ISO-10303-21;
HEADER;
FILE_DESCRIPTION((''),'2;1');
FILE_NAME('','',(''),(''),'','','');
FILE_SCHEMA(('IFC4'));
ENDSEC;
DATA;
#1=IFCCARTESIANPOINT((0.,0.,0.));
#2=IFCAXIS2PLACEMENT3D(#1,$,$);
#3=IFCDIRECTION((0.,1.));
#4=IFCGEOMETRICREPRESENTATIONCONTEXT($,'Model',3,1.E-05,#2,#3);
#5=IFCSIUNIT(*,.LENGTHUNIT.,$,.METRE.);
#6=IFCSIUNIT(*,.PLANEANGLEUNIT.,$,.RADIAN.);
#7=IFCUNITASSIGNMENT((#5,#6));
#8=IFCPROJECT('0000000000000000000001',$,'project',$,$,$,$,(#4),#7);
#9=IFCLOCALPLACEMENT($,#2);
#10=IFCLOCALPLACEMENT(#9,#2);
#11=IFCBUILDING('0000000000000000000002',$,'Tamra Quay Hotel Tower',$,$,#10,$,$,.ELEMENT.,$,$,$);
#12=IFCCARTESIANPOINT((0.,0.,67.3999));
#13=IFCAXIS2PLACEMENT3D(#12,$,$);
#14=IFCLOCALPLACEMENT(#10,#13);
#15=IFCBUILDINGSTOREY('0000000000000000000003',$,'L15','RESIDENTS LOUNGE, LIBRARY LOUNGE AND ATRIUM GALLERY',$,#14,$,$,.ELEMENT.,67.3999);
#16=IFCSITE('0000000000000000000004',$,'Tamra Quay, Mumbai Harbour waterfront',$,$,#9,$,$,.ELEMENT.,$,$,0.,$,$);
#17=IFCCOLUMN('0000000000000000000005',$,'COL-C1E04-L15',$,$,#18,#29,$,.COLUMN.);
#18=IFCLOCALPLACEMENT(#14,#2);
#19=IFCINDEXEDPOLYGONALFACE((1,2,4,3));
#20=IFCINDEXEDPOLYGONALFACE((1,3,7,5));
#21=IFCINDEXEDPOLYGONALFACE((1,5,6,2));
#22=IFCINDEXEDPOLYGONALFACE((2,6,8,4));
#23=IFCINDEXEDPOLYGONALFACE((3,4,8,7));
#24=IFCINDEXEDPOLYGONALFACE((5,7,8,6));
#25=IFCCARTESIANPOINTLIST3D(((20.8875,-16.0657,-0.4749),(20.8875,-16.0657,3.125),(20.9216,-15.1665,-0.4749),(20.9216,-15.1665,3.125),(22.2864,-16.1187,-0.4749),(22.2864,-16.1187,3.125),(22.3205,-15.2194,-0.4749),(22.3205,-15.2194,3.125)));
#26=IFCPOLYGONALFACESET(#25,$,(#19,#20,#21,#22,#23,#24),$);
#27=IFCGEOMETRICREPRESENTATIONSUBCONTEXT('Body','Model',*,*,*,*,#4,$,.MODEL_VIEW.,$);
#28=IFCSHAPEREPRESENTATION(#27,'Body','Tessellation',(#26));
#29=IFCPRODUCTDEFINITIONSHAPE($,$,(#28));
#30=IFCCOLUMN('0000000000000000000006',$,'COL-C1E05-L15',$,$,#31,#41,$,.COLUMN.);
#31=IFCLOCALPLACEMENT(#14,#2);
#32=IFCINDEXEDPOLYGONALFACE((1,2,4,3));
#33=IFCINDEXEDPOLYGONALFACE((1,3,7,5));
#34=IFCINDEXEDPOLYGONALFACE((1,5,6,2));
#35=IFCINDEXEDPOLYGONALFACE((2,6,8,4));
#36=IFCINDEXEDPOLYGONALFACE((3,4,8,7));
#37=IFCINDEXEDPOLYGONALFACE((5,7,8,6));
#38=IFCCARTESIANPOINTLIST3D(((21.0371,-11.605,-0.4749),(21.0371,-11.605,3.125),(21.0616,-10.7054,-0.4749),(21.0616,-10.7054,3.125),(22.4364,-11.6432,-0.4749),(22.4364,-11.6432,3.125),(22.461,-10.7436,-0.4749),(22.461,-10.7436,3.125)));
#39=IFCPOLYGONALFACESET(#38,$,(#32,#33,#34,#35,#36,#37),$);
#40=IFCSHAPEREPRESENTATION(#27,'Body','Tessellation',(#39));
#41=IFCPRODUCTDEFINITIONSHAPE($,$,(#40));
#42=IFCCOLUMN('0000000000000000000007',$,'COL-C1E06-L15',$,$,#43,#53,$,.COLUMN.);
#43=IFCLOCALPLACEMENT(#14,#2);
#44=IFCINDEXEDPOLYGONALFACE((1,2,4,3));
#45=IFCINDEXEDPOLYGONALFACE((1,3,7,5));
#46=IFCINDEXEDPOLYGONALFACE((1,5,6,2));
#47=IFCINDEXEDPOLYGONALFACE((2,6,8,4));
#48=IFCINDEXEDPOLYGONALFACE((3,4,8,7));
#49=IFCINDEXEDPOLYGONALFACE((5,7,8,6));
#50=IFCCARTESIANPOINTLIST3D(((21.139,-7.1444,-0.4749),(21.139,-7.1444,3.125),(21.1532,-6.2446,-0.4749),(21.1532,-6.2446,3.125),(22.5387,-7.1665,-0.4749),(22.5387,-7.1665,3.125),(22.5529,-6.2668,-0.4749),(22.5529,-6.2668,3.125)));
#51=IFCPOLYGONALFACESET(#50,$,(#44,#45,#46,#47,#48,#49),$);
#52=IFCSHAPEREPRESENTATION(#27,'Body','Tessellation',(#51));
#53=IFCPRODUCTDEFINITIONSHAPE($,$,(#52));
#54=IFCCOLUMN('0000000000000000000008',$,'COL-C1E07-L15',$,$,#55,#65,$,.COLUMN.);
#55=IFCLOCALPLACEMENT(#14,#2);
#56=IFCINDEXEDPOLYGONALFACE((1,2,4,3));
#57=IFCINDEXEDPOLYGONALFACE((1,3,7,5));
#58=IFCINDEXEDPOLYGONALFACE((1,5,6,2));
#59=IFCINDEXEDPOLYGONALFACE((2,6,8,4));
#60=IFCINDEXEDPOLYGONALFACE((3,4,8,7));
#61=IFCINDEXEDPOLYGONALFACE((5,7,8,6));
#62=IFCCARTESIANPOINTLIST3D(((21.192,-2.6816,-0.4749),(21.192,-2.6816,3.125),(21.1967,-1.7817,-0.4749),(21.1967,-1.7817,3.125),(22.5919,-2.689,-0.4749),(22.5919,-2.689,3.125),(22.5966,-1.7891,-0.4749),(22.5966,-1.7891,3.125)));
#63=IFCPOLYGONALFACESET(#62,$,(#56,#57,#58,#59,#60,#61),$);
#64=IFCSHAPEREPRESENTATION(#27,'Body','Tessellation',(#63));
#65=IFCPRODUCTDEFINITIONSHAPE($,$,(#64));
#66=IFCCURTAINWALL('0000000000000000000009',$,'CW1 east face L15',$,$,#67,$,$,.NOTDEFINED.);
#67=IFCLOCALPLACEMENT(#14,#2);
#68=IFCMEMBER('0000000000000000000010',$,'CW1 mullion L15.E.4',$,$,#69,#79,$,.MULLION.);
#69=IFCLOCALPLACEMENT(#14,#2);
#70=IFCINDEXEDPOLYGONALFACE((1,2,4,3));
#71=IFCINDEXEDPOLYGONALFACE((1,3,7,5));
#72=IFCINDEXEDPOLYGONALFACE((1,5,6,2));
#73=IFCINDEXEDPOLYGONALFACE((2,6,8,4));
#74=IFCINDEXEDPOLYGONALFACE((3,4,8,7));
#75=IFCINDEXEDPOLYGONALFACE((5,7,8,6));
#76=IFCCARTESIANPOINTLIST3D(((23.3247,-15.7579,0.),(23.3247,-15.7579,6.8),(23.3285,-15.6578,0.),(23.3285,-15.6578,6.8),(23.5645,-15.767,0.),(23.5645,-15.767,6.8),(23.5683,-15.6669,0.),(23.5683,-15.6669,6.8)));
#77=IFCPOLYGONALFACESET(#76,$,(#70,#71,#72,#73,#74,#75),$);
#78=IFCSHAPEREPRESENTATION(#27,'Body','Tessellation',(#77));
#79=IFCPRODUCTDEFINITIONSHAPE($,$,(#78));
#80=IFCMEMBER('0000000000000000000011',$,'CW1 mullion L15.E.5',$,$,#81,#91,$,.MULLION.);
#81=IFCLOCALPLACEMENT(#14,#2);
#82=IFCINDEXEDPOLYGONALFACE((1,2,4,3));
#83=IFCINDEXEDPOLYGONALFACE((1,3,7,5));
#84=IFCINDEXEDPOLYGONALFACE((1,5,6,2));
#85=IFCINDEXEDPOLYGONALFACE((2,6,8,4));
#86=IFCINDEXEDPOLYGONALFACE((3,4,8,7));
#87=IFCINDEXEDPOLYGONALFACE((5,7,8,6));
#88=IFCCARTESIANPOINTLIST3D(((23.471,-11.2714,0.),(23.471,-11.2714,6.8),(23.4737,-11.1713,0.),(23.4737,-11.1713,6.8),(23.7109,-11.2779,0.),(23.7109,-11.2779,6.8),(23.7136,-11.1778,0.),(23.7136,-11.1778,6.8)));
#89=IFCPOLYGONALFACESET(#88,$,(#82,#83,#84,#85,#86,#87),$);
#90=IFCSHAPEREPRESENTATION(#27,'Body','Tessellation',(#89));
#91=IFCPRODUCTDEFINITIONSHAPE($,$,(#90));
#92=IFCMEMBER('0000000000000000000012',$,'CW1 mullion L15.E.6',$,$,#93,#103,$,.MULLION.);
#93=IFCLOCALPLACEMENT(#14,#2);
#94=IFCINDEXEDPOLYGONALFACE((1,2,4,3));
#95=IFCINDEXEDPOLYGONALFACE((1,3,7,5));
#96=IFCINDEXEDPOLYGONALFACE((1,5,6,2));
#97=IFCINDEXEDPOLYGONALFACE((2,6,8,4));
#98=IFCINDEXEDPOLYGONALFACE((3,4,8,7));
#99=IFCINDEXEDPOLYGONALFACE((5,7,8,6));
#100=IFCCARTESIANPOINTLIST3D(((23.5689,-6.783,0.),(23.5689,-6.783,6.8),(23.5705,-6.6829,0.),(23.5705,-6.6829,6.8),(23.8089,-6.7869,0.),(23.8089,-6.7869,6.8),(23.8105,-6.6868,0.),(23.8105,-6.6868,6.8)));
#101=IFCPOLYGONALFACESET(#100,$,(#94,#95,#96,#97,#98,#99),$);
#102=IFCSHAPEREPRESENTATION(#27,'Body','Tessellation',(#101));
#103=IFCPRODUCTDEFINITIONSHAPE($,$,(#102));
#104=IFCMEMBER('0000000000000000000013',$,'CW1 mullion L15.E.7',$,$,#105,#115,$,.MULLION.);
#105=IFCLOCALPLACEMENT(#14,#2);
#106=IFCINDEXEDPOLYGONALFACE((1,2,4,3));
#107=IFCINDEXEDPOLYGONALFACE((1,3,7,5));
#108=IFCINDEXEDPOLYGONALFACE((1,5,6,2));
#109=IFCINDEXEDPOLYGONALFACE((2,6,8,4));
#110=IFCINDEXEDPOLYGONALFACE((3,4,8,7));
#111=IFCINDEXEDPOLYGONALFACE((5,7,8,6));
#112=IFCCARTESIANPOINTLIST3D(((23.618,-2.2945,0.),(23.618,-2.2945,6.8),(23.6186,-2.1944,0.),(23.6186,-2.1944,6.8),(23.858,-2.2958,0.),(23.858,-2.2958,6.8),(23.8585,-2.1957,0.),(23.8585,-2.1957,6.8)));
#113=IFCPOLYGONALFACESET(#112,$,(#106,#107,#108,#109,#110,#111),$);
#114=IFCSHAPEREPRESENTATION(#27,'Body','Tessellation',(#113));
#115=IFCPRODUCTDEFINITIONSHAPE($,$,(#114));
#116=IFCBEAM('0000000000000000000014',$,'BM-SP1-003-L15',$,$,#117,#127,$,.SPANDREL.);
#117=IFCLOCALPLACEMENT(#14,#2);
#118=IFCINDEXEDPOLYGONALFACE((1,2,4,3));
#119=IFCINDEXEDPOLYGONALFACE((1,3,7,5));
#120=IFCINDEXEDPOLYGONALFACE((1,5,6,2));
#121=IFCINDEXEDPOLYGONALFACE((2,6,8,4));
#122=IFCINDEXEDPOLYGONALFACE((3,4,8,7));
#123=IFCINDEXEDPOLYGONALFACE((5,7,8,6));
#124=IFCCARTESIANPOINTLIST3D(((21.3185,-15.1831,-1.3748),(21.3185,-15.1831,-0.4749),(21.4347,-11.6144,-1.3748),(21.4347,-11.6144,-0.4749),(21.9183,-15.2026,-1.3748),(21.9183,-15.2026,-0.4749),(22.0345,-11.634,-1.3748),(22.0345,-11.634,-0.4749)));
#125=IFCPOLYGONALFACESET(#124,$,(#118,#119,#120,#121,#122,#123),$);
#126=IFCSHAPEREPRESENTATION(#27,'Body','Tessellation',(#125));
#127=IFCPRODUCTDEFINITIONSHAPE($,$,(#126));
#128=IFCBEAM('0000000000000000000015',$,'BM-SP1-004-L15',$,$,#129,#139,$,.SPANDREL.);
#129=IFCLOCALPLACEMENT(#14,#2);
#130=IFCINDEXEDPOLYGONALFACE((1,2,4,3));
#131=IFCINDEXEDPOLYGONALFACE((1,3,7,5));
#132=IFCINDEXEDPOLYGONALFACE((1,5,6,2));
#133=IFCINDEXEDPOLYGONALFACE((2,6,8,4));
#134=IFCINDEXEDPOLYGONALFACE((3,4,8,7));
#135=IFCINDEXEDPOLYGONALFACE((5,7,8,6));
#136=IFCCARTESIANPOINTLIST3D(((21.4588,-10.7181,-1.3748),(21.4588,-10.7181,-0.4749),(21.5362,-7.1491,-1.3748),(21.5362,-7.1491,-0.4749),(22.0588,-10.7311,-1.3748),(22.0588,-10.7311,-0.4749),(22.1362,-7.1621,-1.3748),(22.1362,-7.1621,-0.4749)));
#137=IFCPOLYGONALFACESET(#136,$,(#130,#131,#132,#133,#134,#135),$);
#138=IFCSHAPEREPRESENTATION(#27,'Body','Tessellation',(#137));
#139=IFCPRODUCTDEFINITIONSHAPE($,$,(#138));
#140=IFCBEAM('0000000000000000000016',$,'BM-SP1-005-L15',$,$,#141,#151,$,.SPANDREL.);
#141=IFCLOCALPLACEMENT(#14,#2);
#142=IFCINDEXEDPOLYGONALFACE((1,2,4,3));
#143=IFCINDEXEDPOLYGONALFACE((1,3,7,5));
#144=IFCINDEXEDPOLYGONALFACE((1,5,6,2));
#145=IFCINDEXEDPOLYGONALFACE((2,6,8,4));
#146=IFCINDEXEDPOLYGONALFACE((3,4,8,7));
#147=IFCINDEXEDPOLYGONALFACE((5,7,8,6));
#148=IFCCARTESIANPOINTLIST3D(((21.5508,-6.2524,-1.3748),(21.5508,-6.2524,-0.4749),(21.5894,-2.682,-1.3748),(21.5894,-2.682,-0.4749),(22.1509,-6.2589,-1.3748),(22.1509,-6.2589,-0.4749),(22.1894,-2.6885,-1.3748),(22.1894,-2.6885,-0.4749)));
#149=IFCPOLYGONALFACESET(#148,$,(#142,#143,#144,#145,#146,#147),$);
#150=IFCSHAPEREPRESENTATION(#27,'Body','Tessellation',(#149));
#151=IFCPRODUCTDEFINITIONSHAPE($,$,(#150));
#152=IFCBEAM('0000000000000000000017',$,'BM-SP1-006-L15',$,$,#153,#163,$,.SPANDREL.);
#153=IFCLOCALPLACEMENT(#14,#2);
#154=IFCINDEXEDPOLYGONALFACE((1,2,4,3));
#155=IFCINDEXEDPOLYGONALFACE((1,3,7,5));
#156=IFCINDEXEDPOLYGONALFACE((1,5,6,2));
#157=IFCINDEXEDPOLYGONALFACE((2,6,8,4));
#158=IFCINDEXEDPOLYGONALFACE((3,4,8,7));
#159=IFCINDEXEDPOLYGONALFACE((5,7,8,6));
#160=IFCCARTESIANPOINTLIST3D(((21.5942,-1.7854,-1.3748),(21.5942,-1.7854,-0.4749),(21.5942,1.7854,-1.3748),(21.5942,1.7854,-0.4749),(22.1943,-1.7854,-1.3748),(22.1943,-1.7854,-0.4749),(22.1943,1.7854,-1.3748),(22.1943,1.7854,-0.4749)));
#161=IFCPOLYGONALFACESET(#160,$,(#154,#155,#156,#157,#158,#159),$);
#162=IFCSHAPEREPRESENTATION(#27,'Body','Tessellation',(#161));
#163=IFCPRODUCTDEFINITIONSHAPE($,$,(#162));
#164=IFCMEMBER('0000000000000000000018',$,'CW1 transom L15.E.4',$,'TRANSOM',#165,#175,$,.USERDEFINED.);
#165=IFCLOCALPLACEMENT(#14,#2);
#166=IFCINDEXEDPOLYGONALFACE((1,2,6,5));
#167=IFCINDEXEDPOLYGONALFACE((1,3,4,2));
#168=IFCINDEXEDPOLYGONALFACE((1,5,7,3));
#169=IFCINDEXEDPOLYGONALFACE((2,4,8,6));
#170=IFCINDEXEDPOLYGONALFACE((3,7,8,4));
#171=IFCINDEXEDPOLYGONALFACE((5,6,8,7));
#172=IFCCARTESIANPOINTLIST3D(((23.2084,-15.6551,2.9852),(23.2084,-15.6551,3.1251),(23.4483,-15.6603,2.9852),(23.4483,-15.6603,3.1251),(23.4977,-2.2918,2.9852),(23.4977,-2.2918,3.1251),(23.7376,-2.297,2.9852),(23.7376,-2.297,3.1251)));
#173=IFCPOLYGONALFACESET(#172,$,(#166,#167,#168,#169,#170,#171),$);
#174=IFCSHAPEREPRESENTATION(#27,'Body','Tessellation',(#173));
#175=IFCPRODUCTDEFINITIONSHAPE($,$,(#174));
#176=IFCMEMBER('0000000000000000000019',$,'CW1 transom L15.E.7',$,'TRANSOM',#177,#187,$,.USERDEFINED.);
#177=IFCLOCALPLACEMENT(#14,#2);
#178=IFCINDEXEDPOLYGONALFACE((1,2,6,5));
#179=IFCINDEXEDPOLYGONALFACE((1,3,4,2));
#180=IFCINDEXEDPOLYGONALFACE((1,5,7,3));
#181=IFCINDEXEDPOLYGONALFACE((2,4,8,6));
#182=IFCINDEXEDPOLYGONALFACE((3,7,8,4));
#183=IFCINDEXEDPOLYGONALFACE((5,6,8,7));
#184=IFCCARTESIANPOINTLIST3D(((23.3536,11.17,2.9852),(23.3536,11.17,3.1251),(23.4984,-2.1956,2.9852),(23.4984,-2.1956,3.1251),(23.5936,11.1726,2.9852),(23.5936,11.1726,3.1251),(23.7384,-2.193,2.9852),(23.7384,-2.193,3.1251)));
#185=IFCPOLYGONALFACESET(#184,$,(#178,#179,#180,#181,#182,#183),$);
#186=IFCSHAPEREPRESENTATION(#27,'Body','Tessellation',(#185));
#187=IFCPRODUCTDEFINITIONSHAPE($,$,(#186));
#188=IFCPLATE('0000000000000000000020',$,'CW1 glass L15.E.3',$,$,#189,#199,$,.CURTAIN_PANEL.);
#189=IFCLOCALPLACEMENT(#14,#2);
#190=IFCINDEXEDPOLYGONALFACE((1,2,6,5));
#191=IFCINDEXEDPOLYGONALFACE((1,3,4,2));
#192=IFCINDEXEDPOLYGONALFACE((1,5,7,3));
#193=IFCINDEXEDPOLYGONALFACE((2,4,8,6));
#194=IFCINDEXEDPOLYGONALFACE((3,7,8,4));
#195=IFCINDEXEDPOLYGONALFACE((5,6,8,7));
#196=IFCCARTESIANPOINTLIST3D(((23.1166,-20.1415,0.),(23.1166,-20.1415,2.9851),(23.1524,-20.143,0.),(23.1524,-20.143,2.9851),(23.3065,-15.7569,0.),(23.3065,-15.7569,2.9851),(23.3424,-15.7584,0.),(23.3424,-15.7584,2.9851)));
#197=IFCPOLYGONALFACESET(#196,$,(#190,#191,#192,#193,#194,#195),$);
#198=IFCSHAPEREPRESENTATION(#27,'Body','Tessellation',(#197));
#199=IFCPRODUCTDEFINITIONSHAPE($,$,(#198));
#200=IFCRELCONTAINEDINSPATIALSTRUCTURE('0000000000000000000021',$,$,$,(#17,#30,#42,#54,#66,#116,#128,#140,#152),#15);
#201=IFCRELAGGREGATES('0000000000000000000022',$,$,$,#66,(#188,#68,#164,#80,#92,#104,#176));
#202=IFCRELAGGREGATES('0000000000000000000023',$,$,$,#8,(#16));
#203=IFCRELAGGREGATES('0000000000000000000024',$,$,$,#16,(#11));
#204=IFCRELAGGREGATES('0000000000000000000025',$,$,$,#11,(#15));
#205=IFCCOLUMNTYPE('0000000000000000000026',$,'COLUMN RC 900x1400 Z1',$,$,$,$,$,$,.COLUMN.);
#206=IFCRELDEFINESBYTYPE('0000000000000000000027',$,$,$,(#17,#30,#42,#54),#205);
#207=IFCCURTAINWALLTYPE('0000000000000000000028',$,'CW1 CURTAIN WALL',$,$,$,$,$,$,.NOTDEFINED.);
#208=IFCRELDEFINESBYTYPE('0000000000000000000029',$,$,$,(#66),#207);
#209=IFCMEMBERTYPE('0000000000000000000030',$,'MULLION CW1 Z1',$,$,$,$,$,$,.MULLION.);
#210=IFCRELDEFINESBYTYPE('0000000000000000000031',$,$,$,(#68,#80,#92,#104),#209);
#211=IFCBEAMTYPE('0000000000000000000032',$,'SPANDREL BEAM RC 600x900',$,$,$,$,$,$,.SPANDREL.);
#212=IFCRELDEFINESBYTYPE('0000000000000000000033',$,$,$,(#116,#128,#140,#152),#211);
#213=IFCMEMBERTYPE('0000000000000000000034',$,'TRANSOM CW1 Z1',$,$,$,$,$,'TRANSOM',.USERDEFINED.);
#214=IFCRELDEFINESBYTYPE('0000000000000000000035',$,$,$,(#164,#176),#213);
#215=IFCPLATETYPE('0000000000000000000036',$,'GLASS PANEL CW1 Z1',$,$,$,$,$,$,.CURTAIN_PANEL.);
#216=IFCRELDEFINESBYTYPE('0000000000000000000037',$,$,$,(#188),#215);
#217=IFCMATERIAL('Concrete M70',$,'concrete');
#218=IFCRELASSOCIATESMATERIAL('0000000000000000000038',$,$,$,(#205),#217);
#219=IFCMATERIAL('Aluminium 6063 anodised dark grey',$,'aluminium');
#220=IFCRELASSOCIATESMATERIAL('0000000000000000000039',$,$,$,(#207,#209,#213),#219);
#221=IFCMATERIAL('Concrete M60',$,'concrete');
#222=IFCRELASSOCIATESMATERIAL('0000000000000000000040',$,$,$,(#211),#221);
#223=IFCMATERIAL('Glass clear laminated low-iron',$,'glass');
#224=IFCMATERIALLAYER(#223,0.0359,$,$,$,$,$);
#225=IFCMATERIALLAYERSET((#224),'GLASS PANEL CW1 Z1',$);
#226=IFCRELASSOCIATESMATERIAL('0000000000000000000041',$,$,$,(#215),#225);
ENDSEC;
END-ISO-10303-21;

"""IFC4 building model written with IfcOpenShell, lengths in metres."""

from ifc_helpers import new_model, si_unit, direction, frame, origin, origin_2d, place, context, subcontext, project, spatial, rectangle, extrude, material, layer, layer_set, material_profile, profile_set, type_object, element, aggregate, save


model = new_model("IFC4")

# Units and contexts
model_context = context("Model", 3, precision=1e-05, world=origin(), true_north=direction((0.0, 1.0)))
body_context = subcontext(model_context, "Body", "Model", "MODEL_VIEW")
ifc_project = project(units=[si_unit("LENGTHUNIT", "METRE"), si_unit("PLANEANGLEUNIT", "RADIAN")], contexts=[model_context])

# Site, building, storey
site_placement = place(None, origin())
site = spatial("IfcSite", under=ifc_project, at=site_placement, Name="Tamra Quay, Mumbai Harbour waterfront", CompositionType="ELEMENT", RefElevation=0.0)
building_placement = place(site_placement, origin())
building = spatial("IfcBuilding", under=site, at=building_placement, Name="Tamra Quay Hotel Tower", CompositionType="ELEMENT")
storey_placement = place(building_placement, frame((0.0, 0.0, 67.3999)))
storey = spatial("IfcBuildingStorey", under=building, at=storey_placement, Name="L15", Description="RESIDENTS LOUNGE, LIBRARY LOUNGE AND ATRIUM GALLERY", CompositionType="ELEMENT", Elevation=67.3999)

# Columns
ifc_material_1 = material(Name="Concrete M70", Category="concrete")
ifc_material_profile_1 = material_profile(ifc_material_1, rectangle(XDim=1.3999, YDim=0.8999, at=origin_2d()), Name="COLUMN RC 900x1400 Z1")
ifc_profile_set_1 = profile_set([ifc_material_profile_1], Name="Concrete M70")
column_type = type_object("IfcColumnType", Name="COLUMN RC 900x1400 Z1", PredefinedType="COLUMN", material=ifc_profile_set_1)
for number, where, z_axis, x_axis, name in (
    (1, (21.604, -15.6426, -0.4749), (0.0, 0.0, 1.0), (-0.999285, 0.037812, 0.0), "COL-C1E04-L15"),
    (2, (21.749, -11.1743, -0.4749), (0.0, 0.0, 1.0), (-0.999628, 0.027269, 0.0), "COL-C1E05-L15"),
    (3, (21.8459, -6.7056, -0.4749), (0.0, 0.0, 1.0), (-0.999875, 0.015838, 0.0), "COL-C1E06-L15"),
    (4, (21.8943, -2.2354, -0.4749), (0.0, 0.0, 1.0), (-0.999986, 0.00528, 0.0), "COL-C1E07-L15"),
):
    element("IfcColumn", number, at=place(storey_placement, frame(where, z_axis=z_axis, x_axis=x_axis)), inside=storey, type_object=column_type, Name=name, PredefinedType="COLUMN", context=body_context, shape_type="SweptSolid", body=[
        extrude(rectangle(XDim=1.3999, YDim=0.8999, at=origin_2d()), origin(), (0.0, 0.0, 1.0), 3.5999),
    ])

# Curtain wall, members
ifc_material_2 = material(Name="Aluminium 6063 anodised dark grey", Category="aluminium")
curtain_wall_type = type_object("IfcCurtainWallType", Name="CW1 CURTAIN WALL", PredefinedType="NOTDEFINED", material=ifc_material_2)
curtain_wall_placement = place(storey_placement, origin())
curtain_wall = element("IfcCurtainWall", 5, at=curtain_wall_placement, inside=storey, type_object=curtain_wall_type, Name="CW1 east face L15", PredefinedType="NOTDEFINED")
ifc_material_profile_2 = material_profile(ifc_material_2, rectangle(XDim=0.24, YDim=0.1001, at=origin_2d()), Name="MULLION 100X240")
ifc_profile_set_2 = profile_set([ifc_material_profile_2], Name="Aluminium 6063 anodised dark grey")
member_type_1 = type_object("IfcMemberType", Name="MULLION CW1 Z1", PredefinedType="MULLION", material=ifc_profile_set_2)
member_1_placement = place(storey_placement, frame((23.4465, -15.7124, 0.0), z_axis=(0.0, 0.0, 1.0), x_axis=(0.999282, -0.037881, 0.0)))
member_1 = element("IfcMember", 6, at=member_1_placement, type_object=member_type_1, Name="CW1 mullion L15.E.4", PredefinedType="MULLION", context=body_context, shape_type="SweptSolid", body=[
    extrude(rectangle(XDim=0.24, YDim=0.1001, at=origin_2d()), origin(), (0.0, 0.0, 1.0), 6.8),
])
member_2_placement = place(storey_placement, frame((23.5923, -11.2246, 0.0), z_axis=(0.0, 0.0, 1.0), x_axis=(0.999634, -0.027067, 0.0)))
member_2 = element("IfcMember", 7, at=member_2_placement, type_object=member_type_1, Name="CW1 mullion L15.E.5", PredefinedType="MULLION", context=body_context, shape_type="SweptSolid", body=[
    extrude(rectangle(XDim=0.24, YDim=0.1001, at=origin_2d()), origin(), (0.0, 0.0, 1.0), 6.8),
])
member_3_placement = place(storey_placement, frame((23.6897, -6.7349, 0.0), z_axis=(0.0, 0.0, 1.0), x_axis=(0.999868, -0.016247, 0.0)))
member_3 = element("IfcMember", 8, at=member_3_placement, type_object=member_type_1, Name="CW1 mullion L15.E.6", PredefinedType="MULLION", context=body_context, shape_type="SweptSolid", body=[
    extrude(rectangle(XDim=0.24, YDim=0.1001, at=origin_2d()), origin(), (0.0, 0.0, 1.0), 6.8),
])
member_4_placement = place(storey_placement, frame((23.7383, -2.2451, 0.0), z_axis=(0.0, 0.0, 1.0), x_axis=(0.999985, -0.005418, 0.0)))
member_4 = element("IfcMember", 9, at=member_4_placement, type_object=member_type_1, Name="CW1 mullion L15.E.7", PredefinedType="MULLION", context=body_context, shape_type="SweptSolid", body=[
    extrude(rectangle(XDim=0.24, YDim=0.1001, at=origin_2d()), origin(), (0.0, 0.0, 1.0), 6.8),
])

# Beams
ifc_material_3 = material(Name="Concrete M60", Category="concrete")
ifc_material_profile_3 = material_profile(ifc_material_3, rectangle(XDim=0.6001, YDim=0.8999, at=origin_2d()), Name="SPANDREL BEAM RC 600x900")
ifc_profile_set_3 = profile_set([ifc_material_profile_3], Name="Concrete M60")
beam_type = type_object("IfcBeamType", Name="SPANDREL BEAM RC 600x900", PredefinedType="SPANDREL", material=ifc_profile_set_3)
beam_1_placement = place(storey_placement, frame((21.6184, -15.1929, -0.9248), z_axis=(0.032548, 0.99947, 0.0), x_axis=(-0.99947, 0.032548, 0.0)))
element("IfcBeam", 10, at=beam_1_placement, inside=storey, type_object=beam_type, Name="BM-SP1-003-L15", PredefinedType="SPANDREL", context=body_context, shape_type="SweptSolid", body=[
    extrude(rectangle(XDim=0.6001, YDim=0.8999, at=origin_2d()), origin(), (0.0, 0.0, 1.0), 3.5706),
])
beam_2_placement = place(storey_placement, frame((21.7588, -10.7246, -0.9248), z_axis=(0.021679, 0.999765, 0.0), x_axis=(-0.999765, 0.021679, 0.0)))
element("IfcBeam", 11, at=beam_2_placement, inside=storey, type_object=beam_type, Name="BM-SP1-004-L15", PredefinedType="SPANDREL", context=body_context, shape_type="SweptSolid", body=[
    extrude(rectangle(XDim=0.6001, YDim=0.8999, at=origin_2d()), origin(), (0.0, 0.0, 1.0), 3.5698),
])
beam_3_placement = place(storey_placement, frame((21.8508, -6.2556, -0.9248), z_axis=(0.010804, 0.999942, 0.0), x_axis=(-0.999942, 0.010804, 0.0)))
element("IfcBeam", 12, at=beam_3_placement, inside=storey, type_object=beam_type, Name="BM-SP1-005-L15", PredefinedType="SPANDREL", context=body_context, shape_type="SweptSolid", body=[
    extrude(rectangle(XDim=0.6001, YDim=0.8999, at=origin_2d()), origin(), (0.0, 0.0, 1.0), 3.5706),
])
beam_4_placement = place(storey_placement, frame((21.8943, -1.7854, -0.9248), z_axis=(0.0, 1.0, 0.0), x_axis=(-1.0, 0.0, 0.0)))
element("IfcBeam", 13, at=beam_4_placement, inside=storey, type_object=beam_type, Name="BM-SP1-006-L15", PredefinedType="SPANDREL", context=body_context, shape_type="SweptSolid", body=[
    extrude(rectangle(XDim=0.6001, YDim=0.8999, at=origin_2d()), origin(), (0.0, 0.0, 1.0), 3.5708),
])

# Members
ifc_material_profile_4 = material_profile(ifc_material_2, rectangle(XDim=0.24, YDim=0.1399, at=origin_2d()), Name="TRANSOM 240X140")
ifc_profile_set_4 = profile_set([ifc_material_profile_4], Name="Aluminium 6063 anodised dark grey")
member_type_2 = type_object("IfcMemberType", Name="TRANSOM CW1 Z1", ElementType="TRANSOM", PredefinedType="USERDEFINED", material=ifc_profile_set_4)
member_5_placement = place(storey_placement, frame((23.3284, -15.6577, 3.0552), z_axis=(0.021644, 0.999766, 0.0), x_axis=(-0.999766, 0.021644, 0.0)))
member_5 = element("IfcMember", 14, at=member_5_placement, type_object=member_type_2, Name="CW1 transom L15.E.4", ObjectType="TRANSOM", PredefinedType="USERDEFINED", context=body_context, shape_type="SweptSolid", body=[
    extrude(rectangle(XDim=0.24, YDim=0.1399, at=origin_2d()), origin(), (0.0, 0.0, 1.0), 13.3665),
])
member_6_placement = place(storey_placement, frame((23.6184, -2.1943, 3.0552), z_axis=(-0.010831, 0.999941, 0.0), x_axis=(-0.999941, -0.010831, 0.0)))
member_6 = element("IfcMember", 15, at=member_6_placement, type_object=member_type_2, Name="CW1 transom L15.E.7", ObjectType="TRANSOM", PredefinedType="USERDEFINED", context=body_context, shape_type="SweptSolid", body=[
    extrude(rectangle(XDim=0.24, YDim=0.1399, at=origin_2d()), origin(), (0.0, 0.0, 1.0), 13.3665),
])

# Plate
ifc_material_4 = material(Name="Glass clear laminated low-iron", Category="glass")
ifc_layer_1 = layer(ifc_material_4, 0.0359)
ifc_layer_set_1 = layer_set([ifc_layer_1], Name="GLASS PANEL CW1 Z1")
plate_type = type_object("IfcPlateType", Name="GLASS PANEL CW1 Z1", PredefinedType="CURTAIN_PANEL", material=ifc_layer_set_1)
plate_1_placement = place(storey_placement, frame((23.2295, -17.95, 0.0), z_axis=(0.0, 0.0, 1.0), x_axis=(0.043286, 0.999063, 0.0)))
plate_1 = element("IfcPlate", 16, at=plate_1_placement, type_object=plate_type, Name="CW1 glass L15.E.3", PredefinedType="CURTAIN_PANEL", context=body_context, shape_type="SweptSolid", body=[
    extrude(rectangle(XDim=4.3887, YDim=0.0359, at=origin_2d()), origin(), (0.0, 0.0, 1.0), 2.9851),
])
aggregate(curtain_wall, [plate_1, member_1, member_5, member_2, member_3, member_4, member_6])

save(model, "model.ifc")
